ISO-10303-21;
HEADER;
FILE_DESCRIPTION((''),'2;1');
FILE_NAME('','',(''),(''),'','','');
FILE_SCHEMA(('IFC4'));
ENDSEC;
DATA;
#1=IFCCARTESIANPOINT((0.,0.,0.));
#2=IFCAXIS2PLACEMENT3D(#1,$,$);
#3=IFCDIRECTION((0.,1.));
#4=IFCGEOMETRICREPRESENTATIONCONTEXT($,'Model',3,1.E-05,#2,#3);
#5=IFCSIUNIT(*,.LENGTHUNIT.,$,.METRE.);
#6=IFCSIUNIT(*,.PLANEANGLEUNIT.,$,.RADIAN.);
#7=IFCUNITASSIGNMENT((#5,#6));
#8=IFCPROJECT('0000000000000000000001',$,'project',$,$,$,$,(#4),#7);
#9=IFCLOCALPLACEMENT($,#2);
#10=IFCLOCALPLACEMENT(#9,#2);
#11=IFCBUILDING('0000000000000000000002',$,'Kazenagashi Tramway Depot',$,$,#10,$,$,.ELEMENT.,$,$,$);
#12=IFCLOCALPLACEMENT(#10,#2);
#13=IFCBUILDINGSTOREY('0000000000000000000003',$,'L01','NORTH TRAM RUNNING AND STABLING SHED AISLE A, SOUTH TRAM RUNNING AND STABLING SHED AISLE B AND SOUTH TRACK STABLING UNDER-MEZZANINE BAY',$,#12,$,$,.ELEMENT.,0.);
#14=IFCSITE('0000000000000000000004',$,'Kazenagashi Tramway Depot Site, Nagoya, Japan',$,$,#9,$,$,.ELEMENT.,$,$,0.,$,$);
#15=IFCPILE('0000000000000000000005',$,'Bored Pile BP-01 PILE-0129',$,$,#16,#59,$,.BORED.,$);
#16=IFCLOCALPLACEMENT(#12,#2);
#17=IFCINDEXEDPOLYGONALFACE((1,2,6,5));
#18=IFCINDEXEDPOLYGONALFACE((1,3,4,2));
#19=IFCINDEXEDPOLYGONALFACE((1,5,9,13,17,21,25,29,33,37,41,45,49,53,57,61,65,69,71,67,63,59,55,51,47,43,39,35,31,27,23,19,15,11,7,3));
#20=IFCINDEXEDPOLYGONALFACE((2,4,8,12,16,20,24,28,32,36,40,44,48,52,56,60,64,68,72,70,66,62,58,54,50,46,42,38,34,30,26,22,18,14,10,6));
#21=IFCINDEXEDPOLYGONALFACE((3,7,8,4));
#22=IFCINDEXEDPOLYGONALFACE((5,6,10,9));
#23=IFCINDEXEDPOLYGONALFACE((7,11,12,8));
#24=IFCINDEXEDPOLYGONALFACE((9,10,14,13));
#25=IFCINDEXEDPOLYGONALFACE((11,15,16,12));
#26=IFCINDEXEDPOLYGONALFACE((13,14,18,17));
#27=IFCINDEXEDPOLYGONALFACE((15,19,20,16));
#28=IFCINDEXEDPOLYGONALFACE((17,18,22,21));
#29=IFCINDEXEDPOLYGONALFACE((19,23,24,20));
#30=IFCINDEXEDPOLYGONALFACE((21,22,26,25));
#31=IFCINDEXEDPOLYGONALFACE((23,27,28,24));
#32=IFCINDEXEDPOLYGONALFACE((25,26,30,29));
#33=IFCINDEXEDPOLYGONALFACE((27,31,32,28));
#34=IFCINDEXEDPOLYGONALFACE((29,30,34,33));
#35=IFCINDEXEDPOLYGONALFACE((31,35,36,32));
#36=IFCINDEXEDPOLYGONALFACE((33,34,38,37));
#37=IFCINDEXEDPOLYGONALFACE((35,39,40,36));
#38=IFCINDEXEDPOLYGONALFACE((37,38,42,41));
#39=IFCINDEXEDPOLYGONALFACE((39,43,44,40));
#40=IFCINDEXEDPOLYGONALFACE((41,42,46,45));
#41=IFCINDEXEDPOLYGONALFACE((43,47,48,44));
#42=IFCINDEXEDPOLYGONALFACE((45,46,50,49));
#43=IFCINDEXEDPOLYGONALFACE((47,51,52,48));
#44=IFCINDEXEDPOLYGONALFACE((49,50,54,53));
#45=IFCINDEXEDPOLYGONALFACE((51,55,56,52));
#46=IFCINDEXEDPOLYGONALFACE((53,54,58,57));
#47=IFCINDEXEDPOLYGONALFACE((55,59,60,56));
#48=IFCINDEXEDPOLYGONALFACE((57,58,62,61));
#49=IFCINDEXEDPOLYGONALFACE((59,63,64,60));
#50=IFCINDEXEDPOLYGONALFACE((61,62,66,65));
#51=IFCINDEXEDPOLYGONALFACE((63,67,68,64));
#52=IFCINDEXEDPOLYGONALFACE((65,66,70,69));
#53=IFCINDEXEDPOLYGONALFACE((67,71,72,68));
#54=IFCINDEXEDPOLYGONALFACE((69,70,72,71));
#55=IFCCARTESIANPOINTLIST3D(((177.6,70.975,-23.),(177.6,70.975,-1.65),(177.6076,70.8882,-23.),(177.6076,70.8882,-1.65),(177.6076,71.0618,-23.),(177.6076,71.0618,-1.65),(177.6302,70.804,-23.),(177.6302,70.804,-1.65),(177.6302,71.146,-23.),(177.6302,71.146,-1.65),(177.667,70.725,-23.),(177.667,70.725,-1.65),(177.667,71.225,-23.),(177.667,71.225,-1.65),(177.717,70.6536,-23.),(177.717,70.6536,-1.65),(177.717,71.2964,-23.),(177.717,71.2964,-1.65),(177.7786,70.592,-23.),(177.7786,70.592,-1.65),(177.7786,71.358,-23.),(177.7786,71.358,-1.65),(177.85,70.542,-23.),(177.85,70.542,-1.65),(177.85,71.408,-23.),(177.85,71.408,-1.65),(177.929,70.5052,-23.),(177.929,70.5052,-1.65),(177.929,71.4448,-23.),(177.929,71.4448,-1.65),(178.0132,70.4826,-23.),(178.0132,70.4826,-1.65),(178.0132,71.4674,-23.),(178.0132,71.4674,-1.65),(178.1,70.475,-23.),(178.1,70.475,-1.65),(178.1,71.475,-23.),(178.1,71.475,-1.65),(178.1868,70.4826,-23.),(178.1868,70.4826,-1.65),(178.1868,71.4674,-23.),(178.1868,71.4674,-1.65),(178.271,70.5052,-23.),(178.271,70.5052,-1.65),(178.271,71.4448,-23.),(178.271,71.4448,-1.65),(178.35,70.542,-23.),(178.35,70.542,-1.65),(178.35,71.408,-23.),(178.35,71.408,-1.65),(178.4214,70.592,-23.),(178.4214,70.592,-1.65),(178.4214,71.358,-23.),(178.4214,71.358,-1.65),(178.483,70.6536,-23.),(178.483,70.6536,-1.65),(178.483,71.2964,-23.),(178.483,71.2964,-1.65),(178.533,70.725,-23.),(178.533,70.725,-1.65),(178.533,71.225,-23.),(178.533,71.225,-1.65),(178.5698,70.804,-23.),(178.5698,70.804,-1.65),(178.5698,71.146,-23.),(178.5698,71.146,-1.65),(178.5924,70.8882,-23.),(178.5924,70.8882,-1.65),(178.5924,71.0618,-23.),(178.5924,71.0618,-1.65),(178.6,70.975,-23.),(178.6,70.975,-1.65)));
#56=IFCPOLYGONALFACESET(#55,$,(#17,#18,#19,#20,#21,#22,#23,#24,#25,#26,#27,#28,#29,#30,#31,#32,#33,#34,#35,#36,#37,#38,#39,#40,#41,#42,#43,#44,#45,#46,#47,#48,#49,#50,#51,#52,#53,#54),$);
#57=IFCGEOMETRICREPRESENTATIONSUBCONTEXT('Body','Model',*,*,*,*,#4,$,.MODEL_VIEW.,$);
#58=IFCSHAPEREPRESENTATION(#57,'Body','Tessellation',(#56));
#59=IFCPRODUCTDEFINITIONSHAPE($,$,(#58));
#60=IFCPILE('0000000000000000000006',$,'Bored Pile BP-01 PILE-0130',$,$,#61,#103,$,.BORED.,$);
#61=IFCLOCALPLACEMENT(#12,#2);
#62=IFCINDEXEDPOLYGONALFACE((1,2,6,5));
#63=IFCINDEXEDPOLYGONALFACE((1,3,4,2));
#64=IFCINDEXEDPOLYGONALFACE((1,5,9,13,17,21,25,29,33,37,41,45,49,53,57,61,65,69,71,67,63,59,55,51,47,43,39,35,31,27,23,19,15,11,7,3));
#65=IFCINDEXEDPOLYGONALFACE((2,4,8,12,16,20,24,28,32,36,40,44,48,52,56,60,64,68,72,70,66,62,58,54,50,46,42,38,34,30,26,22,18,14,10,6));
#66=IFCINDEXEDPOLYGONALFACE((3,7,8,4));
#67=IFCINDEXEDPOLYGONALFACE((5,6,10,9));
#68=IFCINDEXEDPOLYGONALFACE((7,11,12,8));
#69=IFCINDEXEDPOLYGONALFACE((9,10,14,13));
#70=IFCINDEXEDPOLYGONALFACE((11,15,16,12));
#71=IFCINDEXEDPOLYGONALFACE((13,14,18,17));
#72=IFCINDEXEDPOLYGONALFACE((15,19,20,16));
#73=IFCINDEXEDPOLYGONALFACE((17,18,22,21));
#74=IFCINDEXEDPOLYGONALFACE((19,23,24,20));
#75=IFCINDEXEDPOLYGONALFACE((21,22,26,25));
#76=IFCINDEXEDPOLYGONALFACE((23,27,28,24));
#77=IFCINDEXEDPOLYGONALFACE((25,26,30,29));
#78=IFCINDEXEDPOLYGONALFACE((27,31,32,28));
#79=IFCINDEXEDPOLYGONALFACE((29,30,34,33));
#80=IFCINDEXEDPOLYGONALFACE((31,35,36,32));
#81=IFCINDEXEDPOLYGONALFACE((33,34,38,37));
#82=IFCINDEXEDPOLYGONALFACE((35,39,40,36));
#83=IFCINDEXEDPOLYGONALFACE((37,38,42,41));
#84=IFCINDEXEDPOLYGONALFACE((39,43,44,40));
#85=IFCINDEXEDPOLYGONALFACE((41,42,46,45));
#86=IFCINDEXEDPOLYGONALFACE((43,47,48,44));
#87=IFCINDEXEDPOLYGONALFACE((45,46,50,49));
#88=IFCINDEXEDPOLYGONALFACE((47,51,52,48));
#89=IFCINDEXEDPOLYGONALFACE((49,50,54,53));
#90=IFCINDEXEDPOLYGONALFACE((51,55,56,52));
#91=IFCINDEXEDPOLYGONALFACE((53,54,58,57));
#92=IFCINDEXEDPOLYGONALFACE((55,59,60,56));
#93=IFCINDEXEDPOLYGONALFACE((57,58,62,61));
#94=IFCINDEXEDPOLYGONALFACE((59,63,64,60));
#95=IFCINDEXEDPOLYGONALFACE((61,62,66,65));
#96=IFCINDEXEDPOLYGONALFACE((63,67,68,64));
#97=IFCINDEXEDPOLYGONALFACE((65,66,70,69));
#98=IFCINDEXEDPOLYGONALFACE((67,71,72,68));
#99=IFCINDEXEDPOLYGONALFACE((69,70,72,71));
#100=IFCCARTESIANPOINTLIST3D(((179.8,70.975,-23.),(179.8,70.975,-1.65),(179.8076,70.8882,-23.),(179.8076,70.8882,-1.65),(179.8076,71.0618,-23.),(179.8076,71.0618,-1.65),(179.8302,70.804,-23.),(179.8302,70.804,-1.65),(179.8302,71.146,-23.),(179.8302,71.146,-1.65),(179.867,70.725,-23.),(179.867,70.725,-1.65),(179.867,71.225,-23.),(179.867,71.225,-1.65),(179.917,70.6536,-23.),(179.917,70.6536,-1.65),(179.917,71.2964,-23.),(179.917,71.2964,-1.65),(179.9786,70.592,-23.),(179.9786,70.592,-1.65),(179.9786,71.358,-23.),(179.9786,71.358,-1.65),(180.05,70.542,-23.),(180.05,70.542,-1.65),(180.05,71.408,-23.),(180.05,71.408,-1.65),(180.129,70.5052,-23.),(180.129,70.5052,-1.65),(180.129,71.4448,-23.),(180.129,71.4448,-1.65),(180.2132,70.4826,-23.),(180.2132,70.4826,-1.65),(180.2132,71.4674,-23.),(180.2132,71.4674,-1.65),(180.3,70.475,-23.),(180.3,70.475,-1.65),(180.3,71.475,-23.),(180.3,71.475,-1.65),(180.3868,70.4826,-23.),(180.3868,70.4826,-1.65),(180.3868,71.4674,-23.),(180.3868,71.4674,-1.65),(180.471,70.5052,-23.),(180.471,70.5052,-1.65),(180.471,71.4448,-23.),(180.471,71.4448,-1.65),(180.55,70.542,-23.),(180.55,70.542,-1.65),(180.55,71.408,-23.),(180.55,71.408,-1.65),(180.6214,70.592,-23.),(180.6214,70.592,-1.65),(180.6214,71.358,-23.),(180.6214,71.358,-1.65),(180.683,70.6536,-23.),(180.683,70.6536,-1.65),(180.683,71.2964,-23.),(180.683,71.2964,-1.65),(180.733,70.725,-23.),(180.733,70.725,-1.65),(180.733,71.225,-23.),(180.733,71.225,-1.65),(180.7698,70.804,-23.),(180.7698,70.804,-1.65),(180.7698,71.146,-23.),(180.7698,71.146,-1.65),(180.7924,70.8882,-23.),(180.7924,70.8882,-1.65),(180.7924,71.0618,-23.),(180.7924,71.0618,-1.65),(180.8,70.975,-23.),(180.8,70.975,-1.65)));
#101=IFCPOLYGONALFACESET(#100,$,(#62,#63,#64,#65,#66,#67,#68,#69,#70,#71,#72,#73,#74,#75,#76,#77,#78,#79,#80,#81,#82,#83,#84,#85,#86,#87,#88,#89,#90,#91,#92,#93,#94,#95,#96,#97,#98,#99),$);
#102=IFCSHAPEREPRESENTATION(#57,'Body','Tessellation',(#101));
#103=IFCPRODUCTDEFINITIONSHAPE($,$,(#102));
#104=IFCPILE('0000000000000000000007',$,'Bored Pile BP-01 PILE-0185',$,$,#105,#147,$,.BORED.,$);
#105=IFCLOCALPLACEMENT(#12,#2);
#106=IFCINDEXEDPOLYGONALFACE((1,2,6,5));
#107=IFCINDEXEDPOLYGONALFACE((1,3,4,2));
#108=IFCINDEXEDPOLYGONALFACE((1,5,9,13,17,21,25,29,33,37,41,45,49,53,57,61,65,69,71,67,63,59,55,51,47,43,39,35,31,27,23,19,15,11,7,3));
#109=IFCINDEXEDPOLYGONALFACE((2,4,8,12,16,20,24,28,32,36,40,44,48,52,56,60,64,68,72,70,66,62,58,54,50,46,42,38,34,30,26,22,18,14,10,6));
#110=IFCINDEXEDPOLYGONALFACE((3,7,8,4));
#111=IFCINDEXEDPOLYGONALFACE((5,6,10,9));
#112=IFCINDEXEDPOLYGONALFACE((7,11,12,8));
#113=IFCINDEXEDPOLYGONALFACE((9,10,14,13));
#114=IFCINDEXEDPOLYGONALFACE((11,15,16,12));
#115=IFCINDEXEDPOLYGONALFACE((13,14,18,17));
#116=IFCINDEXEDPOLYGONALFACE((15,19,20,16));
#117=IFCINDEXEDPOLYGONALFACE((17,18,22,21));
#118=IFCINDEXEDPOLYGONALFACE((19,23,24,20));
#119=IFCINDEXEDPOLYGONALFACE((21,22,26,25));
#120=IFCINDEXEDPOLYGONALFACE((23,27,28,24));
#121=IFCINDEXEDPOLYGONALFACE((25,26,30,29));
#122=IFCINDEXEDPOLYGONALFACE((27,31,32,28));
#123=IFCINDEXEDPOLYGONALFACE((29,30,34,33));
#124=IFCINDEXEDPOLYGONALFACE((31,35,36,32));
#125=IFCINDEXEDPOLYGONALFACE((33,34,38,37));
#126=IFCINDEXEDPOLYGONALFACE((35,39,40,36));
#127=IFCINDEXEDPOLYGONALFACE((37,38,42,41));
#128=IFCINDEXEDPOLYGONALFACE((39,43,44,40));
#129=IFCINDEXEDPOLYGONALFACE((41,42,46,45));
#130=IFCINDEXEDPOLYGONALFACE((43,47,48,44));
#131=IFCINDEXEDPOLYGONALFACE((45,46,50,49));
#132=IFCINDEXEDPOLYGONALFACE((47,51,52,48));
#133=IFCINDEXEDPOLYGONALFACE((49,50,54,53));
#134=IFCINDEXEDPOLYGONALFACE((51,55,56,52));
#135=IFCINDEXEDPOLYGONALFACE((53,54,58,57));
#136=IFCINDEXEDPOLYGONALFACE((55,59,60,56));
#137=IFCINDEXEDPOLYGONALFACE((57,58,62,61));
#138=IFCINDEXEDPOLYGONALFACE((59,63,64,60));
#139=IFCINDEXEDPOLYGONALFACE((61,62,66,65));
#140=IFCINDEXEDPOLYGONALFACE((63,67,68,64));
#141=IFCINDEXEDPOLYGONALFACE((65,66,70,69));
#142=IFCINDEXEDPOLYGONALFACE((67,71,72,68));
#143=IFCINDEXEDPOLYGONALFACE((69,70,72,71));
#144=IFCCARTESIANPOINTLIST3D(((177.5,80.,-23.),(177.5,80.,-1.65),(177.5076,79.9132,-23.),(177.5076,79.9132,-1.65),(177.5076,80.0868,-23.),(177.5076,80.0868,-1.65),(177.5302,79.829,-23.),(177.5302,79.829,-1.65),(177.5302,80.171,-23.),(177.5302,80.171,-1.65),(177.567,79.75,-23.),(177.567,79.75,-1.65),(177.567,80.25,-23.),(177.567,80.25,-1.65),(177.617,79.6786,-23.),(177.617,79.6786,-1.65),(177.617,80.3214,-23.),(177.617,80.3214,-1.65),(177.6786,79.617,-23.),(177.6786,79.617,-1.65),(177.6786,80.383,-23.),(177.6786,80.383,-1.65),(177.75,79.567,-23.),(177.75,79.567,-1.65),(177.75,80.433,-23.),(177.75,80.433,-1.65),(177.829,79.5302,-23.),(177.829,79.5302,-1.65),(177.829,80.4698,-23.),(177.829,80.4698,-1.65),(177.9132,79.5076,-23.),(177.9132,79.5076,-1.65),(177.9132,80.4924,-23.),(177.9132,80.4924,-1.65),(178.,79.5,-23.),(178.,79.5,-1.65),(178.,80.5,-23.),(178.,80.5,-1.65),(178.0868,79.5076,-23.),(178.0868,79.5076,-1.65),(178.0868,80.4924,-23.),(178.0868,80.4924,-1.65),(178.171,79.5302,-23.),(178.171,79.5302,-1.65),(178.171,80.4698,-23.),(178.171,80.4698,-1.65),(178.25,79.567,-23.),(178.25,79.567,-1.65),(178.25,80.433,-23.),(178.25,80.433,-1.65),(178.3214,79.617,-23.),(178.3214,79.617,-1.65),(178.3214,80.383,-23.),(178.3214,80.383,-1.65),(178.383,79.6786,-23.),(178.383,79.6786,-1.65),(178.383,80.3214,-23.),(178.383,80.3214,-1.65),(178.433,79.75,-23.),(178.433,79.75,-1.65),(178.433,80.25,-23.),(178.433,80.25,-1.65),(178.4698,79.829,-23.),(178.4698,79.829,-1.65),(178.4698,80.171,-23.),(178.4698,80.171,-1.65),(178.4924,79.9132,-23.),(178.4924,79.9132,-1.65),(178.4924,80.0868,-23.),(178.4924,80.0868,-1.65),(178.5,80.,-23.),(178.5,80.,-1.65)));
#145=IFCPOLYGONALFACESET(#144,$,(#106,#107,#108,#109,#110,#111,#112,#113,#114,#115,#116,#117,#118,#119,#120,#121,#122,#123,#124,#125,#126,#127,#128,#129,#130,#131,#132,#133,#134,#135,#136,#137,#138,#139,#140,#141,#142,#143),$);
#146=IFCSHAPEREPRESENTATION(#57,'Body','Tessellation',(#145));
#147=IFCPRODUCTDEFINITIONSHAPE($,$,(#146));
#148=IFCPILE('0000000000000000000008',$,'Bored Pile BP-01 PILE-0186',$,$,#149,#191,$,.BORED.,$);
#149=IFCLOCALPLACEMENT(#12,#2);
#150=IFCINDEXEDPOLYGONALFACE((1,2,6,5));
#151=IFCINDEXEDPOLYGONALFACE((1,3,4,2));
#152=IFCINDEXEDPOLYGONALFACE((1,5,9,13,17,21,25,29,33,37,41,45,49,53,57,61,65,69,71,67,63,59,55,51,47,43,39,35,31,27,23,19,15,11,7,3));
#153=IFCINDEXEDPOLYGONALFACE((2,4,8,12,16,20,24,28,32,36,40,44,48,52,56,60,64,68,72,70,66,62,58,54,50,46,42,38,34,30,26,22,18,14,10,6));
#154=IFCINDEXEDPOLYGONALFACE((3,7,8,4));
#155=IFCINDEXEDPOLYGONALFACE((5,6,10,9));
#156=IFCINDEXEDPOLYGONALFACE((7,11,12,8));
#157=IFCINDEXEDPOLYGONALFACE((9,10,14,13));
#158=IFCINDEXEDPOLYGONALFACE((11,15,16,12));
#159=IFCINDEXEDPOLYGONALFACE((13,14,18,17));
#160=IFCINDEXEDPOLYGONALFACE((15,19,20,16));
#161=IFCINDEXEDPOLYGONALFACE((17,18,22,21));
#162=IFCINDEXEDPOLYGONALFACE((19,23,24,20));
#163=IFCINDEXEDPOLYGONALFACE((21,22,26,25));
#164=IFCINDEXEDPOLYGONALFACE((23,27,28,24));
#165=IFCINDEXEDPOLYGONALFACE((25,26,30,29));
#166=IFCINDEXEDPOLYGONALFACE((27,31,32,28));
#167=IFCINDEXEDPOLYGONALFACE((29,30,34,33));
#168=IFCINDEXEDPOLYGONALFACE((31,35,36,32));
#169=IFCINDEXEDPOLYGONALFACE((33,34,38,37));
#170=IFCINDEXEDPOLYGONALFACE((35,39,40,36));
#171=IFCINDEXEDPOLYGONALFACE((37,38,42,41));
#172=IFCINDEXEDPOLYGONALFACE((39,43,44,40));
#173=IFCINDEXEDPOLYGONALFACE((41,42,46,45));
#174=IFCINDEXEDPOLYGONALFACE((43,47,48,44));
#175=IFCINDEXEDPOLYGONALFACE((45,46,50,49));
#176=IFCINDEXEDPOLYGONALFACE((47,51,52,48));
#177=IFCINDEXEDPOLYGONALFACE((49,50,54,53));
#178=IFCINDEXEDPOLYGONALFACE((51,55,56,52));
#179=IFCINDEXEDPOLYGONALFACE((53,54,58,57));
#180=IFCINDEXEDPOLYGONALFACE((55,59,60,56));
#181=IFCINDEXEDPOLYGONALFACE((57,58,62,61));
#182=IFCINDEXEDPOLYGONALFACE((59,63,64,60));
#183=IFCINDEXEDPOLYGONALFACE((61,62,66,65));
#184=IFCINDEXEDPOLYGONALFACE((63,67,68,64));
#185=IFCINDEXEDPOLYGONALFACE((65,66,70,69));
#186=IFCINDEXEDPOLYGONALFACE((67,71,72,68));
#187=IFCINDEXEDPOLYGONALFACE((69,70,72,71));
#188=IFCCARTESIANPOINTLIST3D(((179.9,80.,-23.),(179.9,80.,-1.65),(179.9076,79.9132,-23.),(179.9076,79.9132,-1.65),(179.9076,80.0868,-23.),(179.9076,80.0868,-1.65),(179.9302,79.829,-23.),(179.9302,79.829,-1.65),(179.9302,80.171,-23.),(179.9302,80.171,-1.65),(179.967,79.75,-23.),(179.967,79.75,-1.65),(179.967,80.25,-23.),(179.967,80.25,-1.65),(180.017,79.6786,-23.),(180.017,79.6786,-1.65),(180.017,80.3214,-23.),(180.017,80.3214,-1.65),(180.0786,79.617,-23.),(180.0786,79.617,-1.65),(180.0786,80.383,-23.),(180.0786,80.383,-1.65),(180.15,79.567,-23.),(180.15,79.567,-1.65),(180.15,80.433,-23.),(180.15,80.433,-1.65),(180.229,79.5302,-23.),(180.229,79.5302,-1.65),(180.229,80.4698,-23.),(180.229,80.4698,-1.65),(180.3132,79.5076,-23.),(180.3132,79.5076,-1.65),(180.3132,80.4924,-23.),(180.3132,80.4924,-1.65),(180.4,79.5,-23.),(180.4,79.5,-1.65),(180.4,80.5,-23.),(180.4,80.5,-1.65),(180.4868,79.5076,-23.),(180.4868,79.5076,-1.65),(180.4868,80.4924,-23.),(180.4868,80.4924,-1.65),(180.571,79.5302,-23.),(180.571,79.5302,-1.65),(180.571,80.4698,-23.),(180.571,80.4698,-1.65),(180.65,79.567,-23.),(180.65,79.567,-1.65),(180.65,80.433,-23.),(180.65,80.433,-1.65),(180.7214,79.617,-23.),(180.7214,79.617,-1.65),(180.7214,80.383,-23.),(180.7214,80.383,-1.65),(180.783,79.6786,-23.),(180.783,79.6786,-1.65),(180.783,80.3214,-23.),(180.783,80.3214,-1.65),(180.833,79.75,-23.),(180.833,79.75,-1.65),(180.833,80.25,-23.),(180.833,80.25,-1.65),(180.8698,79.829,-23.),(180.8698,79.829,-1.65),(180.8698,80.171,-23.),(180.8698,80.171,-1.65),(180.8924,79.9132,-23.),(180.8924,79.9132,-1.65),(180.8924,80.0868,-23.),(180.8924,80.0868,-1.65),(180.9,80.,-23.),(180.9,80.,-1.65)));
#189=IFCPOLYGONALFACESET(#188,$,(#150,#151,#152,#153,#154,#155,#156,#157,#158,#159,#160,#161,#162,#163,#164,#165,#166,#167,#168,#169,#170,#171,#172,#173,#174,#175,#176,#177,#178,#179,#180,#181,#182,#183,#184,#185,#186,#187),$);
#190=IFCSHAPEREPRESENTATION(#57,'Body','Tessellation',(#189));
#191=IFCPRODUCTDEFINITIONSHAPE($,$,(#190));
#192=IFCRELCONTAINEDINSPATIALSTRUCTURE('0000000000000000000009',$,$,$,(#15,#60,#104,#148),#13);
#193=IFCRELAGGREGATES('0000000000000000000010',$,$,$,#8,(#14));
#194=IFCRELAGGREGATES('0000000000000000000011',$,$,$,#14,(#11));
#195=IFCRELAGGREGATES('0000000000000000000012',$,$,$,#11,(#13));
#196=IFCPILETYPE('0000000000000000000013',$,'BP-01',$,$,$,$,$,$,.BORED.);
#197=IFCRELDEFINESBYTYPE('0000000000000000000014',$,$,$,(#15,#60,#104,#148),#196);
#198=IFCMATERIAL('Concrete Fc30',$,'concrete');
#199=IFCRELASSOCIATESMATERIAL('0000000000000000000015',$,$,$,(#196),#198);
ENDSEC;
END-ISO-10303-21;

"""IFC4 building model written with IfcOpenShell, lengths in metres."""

from ifc_helpers import new_model, si_unit, direction, frame, origin, origin_2d, place, context, subcontext, project, spatial, circle, extrude, material, material_profile, profile_set, type_object, element, save


model = new_model("IFC4")

# Units and contexts
model_context = context("Model", 3, precision=1e-05, world=origin(), true_north=direction((0.0, 1.0)))
body_context = subcontext(model_context, "Body", "Model", "MODEL_VIEW")
ifc_project = project(units=[si_unit("LENGTHUNIT", "METRE"), si_unit("PLANEANGLEUNIT", "RADIAN")], contexts=[model_context])

# Site, building, storey
site_placement = place(None, origin())
site = spatial("IfcSite", under=ifc_project, at=site_placement, Name="Kazenagashi Tramway Depot Site, Nagoya, Japan", CompositionType="ELEMENT", RefElevation=0.0)
building_placement = place(site_placement, origin())
building = spatial("IfcBuilding", under=site, at=building_placement, Name="Kazenagashi Tramway Depot", CompositionType="ELEMENT")
storey_placement = place(building_placement, origin())
storey = spatial("IfcBuildingStorey", under=building, at=storey_placement, Name="L01", Description="NORTH TRAM RUNNING AND STABLING SHED AISLE A, SOUTH TRAM RUNNING AND STABLING SHED AISLE B AND SOUTH TRACK STABLING UNDER-MEZZANINE BAY", CompositionType="ELEMENT", Elevation=0.0)

# Piles
ifc_material_1 = material(Name="Concrete Fc30", Category="concrete")
ifc_material_profile_1 = material_profile(ifc_material_1, circle(Radius=0.5, at=origin_2d()), Name="PILE-1000")
ifc_profile_set_1 = profile_set([ifc_material_profile_1], Name="Concrete Fc30")
pile_type = type_object("IfcPileType", Name="BP-01", PredefinedType="BORED", material=ifc_profile_set_1)
for number, where, z_axis, x_axis, name in (
    (1, (178.1, 70.975, -1.65), (0.0, 0.0, -1.0), (1.0, 0.0, 0.0), "Bored Pile BP-01 PILE-0129"),
    (2, (180.3, 70.975, -1.65), (0.0, 0.0, -1.0), (1.0, 0.0, 0.0), "Bored Pile BP-01 PILE-0130"),
    (3, (178.0, 80.0, -1.65), (0.0, 0.0, -1.0), (1.0, 0.0, 0.0), "Bored Pile BP-01 PILE-0185"),
    (4, (180.4, 80.0, -1.65), (0.0, 0.0, -1.0), (1.0, 0.0, 0.0), "Bored Pile BP-01 PILE-0186"),
):
    element("IfcPile", number, at=place(storey_placement, frame(where, z_axis=z_axis, x_axis=x_axis)), inside=storey, type_object=pile_type, Name=name, PredefinedType="BORED", context=body_context, shape_type="SweptSolid", body=[
        extrude(circle(Radius=0.5, at=origin_2d()), origin(), (0.0, 0.0, 1.0), 21.35),
    ])

save(model, "model.ifc")
